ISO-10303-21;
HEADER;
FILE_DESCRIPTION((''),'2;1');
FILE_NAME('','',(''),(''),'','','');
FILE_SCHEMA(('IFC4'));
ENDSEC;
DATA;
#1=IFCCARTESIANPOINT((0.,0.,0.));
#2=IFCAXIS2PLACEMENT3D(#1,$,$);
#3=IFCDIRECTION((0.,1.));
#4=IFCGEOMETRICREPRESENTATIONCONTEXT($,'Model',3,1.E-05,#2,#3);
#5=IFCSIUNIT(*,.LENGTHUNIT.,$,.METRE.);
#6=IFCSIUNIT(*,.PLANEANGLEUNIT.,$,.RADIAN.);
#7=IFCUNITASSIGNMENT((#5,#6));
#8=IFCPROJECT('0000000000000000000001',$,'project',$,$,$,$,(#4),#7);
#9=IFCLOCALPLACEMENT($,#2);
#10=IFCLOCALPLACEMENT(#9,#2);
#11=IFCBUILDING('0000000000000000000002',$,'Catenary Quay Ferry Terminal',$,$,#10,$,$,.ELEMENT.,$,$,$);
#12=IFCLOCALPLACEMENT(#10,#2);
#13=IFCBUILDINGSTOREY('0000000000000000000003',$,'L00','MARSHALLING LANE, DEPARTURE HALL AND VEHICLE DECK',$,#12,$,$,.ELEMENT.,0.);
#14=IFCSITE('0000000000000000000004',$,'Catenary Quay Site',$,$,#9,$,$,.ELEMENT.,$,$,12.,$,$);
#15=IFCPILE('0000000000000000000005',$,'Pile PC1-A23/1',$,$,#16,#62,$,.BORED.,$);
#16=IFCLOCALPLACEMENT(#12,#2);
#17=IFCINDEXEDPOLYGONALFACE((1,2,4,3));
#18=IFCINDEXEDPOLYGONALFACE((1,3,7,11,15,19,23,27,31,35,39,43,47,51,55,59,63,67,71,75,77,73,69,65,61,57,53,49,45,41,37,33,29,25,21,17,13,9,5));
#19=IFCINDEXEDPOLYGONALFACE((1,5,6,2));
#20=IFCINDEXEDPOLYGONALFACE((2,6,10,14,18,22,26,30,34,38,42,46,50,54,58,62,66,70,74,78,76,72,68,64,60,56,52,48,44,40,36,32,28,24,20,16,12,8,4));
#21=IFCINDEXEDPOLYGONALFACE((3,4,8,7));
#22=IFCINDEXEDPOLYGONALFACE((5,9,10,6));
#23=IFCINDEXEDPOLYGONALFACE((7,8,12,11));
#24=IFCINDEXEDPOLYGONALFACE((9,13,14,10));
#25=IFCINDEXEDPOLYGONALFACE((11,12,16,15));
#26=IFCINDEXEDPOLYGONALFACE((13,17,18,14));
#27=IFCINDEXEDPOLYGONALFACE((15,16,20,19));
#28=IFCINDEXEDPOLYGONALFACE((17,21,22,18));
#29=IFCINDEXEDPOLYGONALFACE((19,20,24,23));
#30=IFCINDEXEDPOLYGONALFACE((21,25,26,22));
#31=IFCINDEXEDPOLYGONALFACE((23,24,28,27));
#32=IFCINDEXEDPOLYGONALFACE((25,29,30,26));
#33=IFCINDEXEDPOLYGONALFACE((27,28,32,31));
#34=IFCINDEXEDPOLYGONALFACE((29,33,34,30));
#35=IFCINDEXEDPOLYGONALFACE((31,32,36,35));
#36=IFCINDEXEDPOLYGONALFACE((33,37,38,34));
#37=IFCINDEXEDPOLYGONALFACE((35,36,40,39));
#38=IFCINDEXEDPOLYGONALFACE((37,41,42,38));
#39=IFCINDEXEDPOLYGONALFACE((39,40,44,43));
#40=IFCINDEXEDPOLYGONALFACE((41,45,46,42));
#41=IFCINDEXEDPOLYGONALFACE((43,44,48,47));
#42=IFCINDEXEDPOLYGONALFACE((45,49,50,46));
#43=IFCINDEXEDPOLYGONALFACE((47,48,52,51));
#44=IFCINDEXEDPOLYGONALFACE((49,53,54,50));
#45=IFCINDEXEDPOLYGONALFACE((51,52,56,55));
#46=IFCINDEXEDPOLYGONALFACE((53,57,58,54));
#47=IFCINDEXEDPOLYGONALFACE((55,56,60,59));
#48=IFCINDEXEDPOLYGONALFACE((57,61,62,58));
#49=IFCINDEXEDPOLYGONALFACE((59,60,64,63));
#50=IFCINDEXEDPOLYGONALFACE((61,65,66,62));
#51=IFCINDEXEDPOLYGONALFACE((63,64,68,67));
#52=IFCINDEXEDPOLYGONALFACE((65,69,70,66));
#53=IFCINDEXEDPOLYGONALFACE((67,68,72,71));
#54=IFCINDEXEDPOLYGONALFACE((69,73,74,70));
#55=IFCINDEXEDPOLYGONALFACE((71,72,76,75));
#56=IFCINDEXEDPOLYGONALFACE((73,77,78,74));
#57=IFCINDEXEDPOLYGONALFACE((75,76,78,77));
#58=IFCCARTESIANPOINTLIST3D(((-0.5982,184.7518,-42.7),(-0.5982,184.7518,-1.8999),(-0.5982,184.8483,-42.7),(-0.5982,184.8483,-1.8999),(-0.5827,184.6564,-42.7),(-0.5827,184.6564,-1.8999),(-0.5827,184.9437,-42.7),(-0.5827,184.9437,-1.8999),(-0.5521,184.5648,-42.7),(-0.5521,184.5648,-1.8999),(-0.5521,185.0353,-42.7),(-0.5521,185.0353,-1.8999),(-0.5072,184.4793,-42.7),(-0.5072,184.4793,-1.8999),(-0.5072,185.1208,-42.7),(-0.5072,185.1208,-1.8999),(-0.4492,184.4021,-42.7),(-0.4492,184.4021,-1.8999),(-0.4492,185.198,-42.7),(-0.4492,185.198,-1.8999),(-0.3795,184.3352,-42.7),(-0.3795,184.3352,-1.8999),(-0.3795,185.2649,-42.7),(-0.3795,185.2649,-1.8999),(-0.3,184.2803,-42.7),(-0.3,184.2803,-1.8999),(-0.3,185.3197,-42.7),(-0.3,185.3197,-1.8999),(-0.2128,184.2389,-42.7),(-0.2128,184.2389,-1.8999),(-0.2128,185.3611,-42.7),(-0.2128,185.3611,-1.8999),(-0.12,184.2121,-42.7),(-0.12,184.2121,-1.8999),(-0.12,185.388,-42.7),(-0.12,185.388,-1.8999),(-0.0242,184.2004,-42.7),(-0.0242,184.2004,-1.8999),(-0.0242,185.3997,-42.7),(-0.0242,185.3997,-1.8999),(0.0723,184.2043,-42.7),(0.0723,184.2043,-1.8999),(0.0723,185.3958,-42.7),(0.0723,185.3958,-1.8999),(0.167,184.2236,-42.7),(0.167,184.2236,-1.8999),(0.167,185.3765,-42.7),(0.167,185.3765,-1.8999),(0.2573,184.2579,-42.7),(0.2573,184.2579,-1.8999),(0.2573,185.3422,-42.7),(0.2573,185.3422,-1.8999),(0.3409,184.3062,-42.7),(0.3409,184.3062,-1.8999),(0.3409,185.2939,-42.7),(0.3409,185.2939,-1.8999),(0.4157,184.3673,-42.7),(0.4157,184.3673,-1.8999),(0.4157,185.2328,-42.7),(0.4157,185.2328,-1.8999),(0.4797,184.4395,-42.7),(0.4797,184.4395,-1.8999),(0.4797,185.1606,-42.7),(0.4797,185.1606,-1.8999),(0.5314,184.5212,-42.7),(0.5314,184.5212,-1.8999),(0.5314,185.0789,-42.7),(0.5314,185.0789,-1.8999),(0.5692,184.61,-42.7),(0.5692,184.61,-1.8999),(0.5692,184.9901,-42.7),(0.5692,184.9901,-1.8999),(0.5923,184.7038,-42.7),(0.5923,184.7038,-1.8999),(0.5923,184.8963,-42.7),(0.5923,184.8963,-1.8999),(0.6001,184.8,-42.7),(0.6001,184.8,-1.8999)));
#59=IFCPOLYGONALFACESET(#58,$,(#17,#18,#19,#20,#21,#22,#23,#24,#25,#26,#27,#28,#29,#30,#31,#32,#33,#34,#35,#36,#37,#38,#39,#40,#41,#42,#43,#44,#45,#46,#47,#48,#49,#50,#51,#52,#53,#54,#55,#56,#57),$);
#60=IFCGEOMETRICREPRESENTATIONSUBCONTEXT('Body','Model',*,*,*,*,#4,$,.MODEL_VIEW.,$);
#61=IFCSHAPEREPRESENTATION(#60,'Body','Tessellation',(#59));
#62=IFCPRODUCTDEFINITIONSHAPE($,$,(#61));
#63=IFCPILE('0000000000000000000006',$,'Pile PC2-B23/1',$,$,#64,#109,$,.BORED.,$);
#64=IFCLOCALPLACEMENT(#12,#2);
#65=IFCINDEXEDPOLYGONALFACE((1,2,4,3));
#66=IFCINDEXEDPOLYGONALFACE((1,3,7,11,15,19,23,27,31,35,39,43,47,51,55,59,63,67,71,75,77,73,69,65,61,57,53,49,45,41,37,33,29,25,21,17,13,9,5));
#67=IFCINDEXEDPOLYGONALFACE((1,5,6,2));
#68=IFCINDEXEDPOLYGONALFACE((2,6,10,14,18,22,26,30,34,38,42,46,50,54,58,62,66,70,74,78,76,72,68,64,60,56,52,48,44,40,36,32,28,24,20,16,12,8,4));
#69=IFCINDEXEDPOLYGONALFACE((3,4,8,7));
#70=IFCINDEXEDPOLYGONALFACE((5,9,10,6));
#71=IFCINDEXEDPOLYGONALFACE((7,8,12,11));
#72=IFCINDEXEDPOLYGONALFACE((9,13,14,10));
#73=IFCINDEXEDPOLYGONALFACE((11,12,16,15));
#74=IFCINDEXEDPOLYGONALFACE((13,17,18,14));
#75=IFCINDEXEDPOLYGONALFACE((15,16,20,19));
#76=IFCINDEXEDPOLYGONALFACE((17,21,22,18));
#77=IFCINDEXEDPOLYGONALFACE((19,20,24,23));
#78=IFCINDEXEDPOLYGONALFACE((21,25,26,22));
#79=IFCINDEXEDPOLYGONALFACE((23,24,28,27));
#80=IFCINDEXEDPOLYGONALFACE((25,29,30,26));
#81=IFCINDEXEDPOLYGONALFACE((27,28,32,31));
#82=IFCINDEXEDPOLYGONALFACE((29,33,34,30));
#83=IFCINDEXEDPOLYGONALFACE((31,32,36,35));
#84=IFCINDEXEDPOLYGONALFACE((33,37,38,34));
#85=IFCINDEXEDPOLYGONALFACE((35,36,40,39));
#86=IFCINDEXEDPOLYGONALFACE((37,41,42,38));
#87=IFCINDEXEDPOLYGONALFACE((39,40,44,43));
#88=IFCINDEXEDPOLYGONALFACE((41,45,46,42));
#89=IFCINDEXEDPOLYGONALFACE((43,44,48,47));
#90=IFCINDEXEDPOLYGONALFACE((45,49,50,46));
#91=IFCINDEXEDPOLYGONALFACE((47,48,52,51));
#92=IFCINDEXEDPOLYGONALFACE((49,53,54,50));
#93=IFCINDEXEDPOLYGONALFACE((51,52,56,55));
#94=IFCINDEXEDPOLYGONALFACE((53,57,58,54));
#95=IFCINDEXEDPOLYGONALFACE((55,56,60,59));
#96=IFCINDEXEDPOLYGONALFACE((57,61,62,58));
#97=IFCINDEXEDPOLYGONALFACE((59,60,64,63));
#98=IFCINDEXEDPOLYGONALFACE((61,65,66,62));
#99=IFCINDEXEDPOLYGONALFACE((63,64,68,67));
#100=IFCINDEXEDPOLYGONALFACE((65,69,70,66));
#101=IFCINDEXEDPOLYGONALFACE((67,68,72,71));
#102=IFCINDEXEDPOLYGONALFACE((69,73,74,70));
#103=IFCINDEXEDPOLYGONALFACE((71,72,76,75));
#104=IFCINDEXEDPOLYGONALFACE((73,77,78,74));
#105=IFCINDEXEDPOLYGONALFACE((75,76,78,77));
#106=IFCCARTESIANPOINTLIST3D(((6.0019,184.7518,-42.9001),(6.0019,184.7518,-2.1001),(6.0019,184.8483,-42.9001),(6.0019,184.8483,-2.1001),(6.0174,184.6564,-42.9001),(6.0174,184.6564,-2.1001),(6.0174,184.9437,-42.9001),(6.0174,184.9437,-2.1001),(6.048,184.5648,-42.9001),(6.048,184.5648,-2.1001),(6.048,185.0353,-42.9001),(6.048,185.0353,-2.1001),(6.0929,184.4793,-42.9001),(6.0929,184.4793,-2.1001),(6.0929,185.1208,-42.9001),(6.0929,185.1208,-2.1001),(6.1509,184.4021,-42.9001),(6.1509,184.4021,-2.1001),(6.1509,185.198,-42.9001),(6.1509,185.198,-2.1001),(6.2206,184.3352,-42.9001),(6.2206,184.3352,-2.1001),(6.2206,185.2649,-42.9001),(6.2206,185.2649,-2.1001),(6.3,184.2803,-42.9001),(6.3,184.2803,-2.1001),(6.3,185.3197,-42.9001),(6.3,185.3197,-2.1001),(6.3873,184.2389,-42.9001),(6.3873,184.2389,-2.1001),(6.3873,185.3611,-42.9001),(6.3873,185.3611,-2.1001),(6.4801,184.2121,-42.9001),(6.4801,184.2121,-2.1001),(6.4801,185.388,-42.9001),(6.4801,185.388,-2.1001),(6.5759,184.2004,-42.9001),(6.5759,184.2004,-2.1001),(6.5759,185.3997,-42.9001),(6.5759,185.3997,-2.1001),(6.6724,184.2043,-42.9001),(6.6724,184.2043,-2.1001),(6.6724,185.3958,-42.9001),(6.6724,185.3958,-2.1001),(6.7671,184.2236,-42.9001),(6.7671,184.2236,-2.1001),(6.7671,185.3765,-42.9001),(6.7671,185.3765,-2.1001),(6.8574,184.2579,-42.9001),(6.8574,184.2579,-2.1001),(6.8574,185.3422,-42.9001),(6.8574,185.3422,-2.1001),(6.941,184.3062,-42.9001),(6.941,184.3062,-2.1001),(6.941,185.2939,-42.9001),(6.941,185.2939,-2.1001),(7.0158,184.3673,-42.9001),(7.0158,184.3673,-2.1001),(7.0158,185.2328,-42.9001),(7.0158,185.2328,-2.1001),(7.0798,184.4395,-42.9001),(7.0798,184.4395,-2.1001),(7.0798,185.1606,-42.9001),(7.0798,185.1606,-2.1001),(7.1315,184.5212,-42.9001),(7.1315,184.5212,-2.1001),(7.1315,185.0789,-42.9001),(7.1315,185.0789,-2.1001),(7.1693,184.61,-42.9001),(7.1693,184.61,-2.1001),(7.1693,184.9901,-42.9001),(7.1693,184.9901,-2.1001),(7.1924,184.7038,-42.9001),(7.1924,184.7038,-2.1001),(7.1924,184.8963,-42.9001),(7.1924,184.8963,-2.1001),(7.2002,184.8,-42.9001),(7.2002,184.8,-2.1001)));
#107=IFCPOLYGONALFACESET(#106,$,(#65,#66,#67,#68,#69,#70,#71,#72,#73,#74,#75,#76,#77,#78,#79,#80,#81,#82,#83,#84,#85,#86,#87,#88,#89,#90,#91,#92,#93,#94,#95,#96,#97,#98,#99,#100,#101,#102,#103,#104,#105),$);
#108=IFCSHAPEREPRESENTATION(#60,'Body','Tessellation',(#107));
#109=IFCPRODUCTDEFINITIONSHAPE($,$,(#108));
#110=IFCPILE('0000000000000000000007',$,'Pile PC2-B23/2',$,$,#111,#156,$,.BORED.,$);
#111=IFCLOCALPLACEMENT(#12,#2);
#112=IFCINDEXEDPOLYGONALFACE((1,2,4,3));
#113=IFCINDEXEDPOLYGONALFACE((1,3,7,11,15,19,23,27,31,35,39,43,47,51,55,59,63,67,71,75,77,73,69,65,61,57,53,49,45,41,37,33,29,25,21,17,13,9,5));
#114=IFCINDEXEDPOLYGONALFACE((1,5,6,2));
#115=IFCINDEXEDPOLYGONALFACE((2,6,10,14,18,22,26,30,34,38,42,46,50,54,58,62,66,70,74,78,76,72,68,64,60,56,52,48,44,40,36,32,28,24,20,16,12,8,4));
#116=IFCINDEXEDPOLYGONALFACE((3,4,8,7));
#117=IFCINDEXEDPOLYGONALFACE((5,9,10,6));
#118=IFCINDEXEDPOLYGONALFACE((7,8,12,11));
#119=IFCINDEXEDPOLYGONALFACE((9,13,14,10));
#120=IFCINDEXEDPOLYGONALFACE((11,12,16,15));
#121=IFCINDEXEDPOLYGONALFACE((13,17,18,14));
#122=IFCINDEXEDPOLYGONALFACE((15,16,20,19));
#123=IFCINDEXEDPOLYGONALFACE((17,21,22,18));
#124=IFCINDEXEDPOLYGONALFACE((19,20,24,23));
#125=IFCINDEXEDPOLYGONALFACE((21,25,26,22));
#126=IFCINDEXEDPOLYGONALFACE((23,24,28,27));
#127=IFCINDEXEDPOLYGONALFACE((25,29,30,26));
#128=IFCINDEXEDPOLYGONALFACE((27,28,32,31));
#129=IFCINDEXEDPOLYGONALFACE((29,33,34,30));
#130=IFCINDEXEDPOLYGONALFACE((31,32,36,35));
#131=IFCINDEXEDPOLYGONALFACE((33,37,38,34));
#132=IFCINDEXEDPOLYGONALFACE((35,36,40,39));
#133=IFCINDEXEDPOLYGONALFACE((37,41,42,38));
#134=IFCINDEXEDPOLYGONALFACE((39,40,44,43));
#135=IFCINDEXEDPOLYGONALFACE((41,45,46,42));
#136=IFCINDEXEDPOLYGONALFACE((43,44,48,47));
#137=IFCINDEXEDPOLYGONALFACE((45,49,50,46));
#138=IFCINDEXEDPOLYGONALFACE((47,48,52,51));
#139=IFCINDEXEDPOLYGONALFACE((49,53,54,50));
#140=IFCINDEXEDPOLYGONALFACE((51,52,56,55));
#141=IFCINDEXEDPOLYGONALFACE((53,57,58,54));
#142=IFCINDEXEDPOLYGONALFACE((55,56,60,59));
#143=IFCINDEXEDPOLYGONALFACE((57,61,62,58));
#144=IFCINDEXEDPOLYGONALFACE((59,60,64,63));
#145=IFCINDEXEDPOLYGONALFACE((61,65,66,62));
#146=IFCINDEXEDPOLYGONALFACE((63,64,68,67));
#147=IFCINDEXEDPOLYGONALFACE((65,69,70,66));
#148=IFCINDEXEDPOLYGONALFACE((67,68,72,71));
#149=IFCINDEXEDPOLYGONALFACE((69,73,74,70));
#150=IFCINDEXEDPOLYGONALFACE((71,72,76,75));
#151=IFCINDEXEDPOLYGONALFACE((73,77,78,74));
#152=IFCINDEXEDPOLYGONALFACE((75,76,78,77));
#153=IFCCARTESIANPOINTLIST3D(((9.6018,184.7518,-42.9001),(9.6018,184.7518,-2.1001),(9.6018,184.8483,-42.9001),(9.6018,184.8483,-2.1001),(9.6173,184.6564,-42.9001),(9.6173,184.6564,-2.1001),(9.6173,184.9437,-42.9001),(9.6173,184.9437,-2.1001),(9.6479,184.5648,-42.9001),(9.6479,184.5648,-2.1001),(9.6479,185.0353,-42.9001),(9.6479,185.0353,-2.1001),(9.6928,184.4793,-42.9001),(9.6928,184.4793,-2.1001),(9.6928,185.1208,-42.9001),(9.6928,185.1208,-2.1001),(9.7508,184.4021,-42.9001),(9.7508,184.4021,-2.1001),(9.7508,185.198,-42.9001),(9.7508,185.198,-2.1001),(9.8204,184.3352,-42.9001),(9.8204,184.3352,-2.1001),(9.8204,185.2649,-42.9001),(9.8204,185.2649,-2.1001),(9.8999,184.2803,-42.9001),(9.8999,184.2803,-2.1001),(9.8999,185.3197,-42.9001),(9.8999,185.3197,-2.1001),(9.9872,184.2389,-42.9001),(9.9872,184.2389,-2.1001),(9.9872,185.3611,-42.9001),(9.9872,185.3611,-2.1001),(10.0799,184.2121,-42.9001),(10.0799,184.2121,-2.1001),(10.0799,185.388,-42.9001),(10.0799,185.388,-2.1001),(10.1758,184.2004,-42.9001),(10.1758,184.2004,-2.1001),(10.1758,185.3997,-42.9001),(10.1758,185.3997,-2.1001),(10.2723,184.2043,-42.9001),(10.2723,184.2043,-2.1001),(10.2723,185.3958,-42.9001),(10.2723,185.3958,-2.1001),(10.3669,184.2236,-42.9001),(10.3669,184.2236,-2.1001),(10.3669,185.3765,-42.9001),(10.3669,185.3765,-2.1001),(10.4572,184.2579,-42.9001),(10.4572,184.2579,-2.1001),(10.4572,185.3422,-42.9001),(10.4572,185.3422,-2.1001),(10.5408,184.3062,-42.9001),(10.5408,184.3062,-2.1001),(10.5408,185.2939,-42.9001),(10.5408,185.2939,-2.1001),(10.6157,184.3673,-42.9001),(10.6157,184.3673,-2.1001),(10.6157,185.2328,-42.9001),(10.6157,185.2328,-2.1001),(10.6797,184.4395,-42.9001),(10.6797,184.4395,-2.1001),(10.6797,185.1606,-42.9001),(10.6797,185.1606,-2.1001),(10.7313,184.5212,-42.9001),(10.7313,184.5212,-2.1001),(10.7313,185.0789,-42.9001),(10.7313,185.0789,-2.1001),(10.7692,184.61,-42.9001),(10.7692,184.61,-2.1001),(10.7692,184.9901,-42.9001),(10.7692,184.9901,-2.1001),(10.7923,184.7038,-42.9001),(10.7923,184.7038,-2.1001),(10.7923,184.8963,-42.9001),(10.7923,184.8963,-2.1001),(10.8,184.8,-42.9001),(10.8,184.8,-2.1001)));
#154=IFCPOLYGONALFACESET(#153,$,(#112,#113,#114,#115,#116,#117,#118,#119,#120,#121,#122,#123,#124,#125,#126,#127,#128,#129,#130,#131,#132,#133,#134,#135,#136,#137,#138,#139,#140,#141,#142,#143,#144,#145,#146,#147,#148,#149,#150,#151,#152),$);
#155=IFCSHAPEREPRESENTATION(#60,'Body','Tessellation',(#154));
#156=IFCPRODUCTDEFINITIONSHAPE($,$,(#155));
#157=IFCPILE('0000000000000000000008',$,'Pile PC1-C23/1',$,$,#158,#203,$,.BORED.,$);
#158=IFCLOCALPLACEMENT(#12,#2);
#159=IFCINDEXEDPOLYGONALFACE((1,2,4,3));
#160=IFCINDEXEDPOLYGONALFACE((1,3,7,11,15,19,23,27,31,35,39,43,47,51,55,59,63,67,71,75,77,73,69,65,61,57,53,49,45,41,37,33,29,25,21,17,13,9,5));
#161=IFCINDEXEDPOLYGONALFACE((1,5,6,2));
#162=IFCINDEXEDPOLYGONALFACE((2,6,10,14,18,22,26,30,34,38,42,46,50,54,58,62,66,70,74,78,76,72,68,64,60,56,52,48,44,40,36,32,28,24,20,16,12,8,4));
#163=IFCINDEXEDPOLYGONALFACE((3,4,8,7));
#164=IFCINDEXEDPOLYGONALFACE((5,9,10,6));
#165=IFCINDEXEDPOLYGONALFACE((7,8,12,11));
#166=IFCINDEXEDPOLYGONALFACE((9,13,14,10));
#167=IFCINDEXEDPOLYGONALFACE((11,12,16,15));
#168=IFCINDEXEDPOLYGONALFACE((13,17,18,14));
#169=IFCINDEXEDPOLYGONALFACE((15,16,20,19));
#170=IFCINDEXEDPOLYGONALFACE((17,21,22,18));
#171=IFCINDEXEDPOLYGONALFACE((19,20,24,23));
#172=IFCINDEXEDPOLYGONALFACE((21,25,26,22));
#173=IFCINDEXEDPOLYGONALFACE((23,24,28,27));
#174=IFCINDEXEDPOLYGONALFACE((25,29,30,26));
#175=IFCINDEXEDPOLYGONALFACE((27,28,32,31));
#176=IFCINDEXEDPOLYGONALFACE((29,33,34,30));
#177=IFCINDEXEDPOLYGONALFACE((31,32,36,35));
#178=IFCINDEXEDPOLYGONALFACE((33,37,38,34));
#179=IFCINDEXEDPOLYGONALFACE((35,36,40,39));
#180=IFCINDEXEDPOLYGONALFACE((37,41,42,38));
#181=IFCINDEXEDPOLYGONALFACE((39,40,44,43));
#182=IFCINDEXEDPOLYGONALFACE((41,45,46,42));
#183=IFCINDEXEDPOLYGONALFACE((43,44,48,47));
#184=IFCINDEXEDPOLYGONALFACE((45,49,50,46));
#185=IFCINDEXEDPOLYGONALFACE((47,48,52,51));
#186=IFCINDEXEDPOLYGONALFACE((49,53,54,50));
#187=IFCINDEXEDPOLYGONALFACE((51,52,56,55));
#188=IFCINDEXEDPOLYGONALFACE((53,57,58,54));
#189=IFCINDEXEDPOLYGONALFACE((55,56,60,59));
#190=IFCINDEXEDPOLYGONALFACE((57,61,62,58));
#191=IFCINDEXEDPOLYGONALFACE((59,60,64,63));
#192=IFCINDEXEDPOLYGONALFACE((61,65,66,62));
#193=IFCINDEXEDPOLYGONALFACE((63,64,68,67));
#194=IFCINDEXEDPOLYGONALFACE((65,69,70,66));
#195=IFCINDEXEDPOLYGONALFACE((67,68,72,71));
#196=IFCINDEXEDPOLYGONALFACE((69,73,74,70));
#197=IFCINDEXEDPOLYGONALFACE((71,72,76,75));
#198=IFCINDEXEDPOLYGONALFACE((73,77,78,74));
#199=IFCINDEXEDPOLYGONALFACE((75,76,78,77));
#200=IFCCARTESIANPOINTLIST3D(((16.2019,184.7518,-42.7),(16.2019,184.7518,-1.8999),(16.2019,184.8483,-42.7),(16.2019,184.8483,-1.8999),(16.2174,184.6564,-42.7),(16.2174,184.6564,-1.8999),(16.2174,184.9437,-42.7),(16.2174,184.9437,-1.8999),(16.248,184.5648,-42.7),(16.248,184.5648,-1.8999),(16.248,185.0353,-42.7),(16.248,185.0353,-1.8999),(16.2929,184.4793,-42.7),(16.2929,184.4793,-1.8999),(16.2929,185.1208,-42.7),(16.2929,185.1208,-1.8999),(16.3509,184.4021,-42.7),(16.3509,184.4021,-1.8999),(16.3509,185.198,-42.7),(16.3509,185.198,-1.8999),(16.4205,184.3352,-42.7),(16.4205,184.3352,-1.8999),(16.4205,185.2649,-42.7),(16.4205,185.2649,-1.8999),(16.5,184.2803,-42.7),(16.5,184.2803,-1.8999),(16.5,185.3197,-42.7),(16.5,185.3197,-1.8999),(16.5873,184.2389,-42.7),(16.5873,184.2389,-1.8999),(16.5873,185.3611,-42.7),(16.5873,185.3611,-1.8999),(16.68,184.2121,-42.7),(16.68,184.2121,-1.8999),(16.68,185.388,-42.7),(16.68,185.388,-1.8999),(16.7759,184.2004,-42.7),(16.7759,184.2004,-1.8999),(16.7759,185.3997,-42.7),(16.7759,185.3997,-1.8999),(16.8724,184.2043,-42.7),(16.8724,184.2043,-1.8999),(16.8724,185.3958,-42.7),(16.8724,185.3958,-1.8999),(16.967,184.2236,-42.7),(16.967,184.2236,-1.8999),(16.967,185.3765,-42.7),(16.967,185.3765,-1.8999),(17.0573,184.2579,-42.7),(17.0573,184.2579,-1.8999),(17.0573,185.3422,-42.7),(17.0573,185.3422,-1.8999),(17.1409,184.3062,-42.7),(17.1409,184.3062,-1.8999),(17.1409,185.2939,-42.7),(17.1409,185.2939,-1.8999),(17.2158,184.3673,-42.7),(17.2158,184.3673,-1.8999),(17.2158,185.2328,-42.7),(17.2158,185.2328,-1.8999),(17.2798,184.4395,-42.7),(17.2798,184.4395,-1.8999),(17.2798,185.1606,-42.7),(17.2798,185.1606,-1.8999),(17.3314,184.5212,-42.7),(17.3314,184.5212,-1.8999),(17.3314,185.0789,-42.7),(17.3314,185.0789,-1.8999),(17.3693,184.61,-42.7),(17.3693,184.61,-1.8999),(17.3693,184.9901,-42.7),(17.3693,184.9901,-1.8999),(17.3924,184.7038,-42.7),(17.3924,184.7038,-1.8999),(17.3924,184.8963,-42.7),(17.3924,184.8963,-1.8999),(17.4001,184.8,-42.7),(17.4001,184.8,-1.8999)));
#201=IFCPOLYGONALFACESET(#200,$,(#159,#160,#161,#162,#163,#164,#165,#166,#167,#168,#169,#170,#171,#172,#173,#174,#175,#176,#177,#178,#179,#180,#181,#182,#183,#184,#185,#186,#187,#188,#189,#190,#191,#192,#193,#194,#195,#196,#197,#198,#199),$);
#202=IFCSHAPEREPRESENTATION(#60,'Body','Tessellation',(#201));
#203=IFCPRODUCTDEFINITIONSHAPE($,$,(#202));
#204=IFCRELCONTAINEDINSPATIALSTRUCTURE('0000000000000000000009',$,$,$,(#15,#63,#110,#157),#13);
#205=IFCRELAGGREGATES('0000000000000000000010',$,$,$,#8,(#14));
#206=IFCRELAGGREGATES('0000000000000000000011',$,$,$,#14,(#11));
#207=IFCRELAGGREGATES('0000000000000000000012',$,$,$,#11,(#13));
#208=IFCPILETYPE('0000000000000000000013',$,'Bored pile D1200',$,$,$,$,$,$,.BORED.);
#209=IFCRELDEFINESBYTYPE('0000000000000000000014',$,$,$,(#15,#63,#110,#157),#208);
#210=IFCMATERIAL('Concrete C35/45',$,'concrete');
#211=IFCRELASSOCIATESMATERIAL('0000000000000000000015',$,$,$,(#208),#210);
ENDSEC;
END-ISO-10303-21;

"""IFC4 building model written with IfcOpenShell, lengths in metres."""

from ifc_helpers import new_model, si_unit, direction, frame, origin, origin_2d, place, context, subcontext, project, spatial, circle, extrude, material, material_profile, profile_set, type_object, element, save


model = new_model("IFC4")

# Units and contexts
model_context = context("Model", 3, precision=1e-05, world=origin(), true_north=direction((0.0, 1.0)))
body_context = subcontext(model_context, "Body", "Model", "MODEL_VIEW")
ifc_project = project(units=[si_unit("LENGTHUNIT", "METRE"), si_unit("PLANEANGLEUNIT", "RADIAN")], contexts=[model_context])

# Site, building, storey
site_placement = place(None, origin())
site = spatial("IfcSite", under=ifc_project, at=site_placement, Name="Catenary Quay Site", CompositionType="ELEMENT", RefElevation=12.0)
building_placement = place(site_placement, origin())
building = spatial("IfcBuilding", under=site, at=building_placement, Name="Catenary Quay Ferry Terminal", CompositionType="ELEMENT")
storey_placement = place(building_placement, origin())
storey = spatial("IfcBuildingStorey", under=building, at=storey_placement, Name="L00", Description="MARSHALLING LANE, DEPARTURE HALL AND VEHICLE DECK", CompositionType="ELEMENT", Elevation=0.0)

# Piles
ifc_material_1 = material(Name="Concrete C35/45", Category="concrete")
ifc_material_profile_1 = material_profile(ifc_material_1, circle(Radius=0.6001, at=origin_2d()), Name="D1200")
ifc_profile_set_1 = profile_set([ifc_material_profile_1], Name="Concrete C35/45")
pile_type = type_object("IfcPileType", Name="Bored pile D1200", PredefinedType="BORED", material=ifc_profile_set_1)
for number, where, z_axis, x_axis, name in (
    (1, (0.0, 184.8, -1.8999), (0.0, 0.0, -1.0), (1.0, 0.0, 0.0), "Pile PC1-A23/1"),
    (2, (6.6001, 184.8, -2.1001), (0.0, 0.0, -1.0), (1.0, 0.0, 0.0), "Pile PC2-B23/1"),
    (3, (10.2, 184.8, -2.1001), (0.0, 0.0, -1.0), (1.0, 0.0, 0.0), "Pile PC2-B23/2"),
    (4, (16.8, 184.8, -1.8999), (0.0, 0.0, -1.0), (1.0, 0.0, 0.0), "Pile PC1-C23/1"),
):
    element("IfcPile", number, at=place(storey_placement, frame(where, z_axis=z_axis, x_axis=x_axis)), inside=storey, type_object=pile_type, Name=name, PredefinedType="BORED", context=body_context, shape_type="SweptSolid", body=[
        extrude(circle(Radius=0.6001, at=origin_2d()), origin(), (0.0, 0.0, 1.0), 40.8),
    ])

save(model, "model.ifc")
